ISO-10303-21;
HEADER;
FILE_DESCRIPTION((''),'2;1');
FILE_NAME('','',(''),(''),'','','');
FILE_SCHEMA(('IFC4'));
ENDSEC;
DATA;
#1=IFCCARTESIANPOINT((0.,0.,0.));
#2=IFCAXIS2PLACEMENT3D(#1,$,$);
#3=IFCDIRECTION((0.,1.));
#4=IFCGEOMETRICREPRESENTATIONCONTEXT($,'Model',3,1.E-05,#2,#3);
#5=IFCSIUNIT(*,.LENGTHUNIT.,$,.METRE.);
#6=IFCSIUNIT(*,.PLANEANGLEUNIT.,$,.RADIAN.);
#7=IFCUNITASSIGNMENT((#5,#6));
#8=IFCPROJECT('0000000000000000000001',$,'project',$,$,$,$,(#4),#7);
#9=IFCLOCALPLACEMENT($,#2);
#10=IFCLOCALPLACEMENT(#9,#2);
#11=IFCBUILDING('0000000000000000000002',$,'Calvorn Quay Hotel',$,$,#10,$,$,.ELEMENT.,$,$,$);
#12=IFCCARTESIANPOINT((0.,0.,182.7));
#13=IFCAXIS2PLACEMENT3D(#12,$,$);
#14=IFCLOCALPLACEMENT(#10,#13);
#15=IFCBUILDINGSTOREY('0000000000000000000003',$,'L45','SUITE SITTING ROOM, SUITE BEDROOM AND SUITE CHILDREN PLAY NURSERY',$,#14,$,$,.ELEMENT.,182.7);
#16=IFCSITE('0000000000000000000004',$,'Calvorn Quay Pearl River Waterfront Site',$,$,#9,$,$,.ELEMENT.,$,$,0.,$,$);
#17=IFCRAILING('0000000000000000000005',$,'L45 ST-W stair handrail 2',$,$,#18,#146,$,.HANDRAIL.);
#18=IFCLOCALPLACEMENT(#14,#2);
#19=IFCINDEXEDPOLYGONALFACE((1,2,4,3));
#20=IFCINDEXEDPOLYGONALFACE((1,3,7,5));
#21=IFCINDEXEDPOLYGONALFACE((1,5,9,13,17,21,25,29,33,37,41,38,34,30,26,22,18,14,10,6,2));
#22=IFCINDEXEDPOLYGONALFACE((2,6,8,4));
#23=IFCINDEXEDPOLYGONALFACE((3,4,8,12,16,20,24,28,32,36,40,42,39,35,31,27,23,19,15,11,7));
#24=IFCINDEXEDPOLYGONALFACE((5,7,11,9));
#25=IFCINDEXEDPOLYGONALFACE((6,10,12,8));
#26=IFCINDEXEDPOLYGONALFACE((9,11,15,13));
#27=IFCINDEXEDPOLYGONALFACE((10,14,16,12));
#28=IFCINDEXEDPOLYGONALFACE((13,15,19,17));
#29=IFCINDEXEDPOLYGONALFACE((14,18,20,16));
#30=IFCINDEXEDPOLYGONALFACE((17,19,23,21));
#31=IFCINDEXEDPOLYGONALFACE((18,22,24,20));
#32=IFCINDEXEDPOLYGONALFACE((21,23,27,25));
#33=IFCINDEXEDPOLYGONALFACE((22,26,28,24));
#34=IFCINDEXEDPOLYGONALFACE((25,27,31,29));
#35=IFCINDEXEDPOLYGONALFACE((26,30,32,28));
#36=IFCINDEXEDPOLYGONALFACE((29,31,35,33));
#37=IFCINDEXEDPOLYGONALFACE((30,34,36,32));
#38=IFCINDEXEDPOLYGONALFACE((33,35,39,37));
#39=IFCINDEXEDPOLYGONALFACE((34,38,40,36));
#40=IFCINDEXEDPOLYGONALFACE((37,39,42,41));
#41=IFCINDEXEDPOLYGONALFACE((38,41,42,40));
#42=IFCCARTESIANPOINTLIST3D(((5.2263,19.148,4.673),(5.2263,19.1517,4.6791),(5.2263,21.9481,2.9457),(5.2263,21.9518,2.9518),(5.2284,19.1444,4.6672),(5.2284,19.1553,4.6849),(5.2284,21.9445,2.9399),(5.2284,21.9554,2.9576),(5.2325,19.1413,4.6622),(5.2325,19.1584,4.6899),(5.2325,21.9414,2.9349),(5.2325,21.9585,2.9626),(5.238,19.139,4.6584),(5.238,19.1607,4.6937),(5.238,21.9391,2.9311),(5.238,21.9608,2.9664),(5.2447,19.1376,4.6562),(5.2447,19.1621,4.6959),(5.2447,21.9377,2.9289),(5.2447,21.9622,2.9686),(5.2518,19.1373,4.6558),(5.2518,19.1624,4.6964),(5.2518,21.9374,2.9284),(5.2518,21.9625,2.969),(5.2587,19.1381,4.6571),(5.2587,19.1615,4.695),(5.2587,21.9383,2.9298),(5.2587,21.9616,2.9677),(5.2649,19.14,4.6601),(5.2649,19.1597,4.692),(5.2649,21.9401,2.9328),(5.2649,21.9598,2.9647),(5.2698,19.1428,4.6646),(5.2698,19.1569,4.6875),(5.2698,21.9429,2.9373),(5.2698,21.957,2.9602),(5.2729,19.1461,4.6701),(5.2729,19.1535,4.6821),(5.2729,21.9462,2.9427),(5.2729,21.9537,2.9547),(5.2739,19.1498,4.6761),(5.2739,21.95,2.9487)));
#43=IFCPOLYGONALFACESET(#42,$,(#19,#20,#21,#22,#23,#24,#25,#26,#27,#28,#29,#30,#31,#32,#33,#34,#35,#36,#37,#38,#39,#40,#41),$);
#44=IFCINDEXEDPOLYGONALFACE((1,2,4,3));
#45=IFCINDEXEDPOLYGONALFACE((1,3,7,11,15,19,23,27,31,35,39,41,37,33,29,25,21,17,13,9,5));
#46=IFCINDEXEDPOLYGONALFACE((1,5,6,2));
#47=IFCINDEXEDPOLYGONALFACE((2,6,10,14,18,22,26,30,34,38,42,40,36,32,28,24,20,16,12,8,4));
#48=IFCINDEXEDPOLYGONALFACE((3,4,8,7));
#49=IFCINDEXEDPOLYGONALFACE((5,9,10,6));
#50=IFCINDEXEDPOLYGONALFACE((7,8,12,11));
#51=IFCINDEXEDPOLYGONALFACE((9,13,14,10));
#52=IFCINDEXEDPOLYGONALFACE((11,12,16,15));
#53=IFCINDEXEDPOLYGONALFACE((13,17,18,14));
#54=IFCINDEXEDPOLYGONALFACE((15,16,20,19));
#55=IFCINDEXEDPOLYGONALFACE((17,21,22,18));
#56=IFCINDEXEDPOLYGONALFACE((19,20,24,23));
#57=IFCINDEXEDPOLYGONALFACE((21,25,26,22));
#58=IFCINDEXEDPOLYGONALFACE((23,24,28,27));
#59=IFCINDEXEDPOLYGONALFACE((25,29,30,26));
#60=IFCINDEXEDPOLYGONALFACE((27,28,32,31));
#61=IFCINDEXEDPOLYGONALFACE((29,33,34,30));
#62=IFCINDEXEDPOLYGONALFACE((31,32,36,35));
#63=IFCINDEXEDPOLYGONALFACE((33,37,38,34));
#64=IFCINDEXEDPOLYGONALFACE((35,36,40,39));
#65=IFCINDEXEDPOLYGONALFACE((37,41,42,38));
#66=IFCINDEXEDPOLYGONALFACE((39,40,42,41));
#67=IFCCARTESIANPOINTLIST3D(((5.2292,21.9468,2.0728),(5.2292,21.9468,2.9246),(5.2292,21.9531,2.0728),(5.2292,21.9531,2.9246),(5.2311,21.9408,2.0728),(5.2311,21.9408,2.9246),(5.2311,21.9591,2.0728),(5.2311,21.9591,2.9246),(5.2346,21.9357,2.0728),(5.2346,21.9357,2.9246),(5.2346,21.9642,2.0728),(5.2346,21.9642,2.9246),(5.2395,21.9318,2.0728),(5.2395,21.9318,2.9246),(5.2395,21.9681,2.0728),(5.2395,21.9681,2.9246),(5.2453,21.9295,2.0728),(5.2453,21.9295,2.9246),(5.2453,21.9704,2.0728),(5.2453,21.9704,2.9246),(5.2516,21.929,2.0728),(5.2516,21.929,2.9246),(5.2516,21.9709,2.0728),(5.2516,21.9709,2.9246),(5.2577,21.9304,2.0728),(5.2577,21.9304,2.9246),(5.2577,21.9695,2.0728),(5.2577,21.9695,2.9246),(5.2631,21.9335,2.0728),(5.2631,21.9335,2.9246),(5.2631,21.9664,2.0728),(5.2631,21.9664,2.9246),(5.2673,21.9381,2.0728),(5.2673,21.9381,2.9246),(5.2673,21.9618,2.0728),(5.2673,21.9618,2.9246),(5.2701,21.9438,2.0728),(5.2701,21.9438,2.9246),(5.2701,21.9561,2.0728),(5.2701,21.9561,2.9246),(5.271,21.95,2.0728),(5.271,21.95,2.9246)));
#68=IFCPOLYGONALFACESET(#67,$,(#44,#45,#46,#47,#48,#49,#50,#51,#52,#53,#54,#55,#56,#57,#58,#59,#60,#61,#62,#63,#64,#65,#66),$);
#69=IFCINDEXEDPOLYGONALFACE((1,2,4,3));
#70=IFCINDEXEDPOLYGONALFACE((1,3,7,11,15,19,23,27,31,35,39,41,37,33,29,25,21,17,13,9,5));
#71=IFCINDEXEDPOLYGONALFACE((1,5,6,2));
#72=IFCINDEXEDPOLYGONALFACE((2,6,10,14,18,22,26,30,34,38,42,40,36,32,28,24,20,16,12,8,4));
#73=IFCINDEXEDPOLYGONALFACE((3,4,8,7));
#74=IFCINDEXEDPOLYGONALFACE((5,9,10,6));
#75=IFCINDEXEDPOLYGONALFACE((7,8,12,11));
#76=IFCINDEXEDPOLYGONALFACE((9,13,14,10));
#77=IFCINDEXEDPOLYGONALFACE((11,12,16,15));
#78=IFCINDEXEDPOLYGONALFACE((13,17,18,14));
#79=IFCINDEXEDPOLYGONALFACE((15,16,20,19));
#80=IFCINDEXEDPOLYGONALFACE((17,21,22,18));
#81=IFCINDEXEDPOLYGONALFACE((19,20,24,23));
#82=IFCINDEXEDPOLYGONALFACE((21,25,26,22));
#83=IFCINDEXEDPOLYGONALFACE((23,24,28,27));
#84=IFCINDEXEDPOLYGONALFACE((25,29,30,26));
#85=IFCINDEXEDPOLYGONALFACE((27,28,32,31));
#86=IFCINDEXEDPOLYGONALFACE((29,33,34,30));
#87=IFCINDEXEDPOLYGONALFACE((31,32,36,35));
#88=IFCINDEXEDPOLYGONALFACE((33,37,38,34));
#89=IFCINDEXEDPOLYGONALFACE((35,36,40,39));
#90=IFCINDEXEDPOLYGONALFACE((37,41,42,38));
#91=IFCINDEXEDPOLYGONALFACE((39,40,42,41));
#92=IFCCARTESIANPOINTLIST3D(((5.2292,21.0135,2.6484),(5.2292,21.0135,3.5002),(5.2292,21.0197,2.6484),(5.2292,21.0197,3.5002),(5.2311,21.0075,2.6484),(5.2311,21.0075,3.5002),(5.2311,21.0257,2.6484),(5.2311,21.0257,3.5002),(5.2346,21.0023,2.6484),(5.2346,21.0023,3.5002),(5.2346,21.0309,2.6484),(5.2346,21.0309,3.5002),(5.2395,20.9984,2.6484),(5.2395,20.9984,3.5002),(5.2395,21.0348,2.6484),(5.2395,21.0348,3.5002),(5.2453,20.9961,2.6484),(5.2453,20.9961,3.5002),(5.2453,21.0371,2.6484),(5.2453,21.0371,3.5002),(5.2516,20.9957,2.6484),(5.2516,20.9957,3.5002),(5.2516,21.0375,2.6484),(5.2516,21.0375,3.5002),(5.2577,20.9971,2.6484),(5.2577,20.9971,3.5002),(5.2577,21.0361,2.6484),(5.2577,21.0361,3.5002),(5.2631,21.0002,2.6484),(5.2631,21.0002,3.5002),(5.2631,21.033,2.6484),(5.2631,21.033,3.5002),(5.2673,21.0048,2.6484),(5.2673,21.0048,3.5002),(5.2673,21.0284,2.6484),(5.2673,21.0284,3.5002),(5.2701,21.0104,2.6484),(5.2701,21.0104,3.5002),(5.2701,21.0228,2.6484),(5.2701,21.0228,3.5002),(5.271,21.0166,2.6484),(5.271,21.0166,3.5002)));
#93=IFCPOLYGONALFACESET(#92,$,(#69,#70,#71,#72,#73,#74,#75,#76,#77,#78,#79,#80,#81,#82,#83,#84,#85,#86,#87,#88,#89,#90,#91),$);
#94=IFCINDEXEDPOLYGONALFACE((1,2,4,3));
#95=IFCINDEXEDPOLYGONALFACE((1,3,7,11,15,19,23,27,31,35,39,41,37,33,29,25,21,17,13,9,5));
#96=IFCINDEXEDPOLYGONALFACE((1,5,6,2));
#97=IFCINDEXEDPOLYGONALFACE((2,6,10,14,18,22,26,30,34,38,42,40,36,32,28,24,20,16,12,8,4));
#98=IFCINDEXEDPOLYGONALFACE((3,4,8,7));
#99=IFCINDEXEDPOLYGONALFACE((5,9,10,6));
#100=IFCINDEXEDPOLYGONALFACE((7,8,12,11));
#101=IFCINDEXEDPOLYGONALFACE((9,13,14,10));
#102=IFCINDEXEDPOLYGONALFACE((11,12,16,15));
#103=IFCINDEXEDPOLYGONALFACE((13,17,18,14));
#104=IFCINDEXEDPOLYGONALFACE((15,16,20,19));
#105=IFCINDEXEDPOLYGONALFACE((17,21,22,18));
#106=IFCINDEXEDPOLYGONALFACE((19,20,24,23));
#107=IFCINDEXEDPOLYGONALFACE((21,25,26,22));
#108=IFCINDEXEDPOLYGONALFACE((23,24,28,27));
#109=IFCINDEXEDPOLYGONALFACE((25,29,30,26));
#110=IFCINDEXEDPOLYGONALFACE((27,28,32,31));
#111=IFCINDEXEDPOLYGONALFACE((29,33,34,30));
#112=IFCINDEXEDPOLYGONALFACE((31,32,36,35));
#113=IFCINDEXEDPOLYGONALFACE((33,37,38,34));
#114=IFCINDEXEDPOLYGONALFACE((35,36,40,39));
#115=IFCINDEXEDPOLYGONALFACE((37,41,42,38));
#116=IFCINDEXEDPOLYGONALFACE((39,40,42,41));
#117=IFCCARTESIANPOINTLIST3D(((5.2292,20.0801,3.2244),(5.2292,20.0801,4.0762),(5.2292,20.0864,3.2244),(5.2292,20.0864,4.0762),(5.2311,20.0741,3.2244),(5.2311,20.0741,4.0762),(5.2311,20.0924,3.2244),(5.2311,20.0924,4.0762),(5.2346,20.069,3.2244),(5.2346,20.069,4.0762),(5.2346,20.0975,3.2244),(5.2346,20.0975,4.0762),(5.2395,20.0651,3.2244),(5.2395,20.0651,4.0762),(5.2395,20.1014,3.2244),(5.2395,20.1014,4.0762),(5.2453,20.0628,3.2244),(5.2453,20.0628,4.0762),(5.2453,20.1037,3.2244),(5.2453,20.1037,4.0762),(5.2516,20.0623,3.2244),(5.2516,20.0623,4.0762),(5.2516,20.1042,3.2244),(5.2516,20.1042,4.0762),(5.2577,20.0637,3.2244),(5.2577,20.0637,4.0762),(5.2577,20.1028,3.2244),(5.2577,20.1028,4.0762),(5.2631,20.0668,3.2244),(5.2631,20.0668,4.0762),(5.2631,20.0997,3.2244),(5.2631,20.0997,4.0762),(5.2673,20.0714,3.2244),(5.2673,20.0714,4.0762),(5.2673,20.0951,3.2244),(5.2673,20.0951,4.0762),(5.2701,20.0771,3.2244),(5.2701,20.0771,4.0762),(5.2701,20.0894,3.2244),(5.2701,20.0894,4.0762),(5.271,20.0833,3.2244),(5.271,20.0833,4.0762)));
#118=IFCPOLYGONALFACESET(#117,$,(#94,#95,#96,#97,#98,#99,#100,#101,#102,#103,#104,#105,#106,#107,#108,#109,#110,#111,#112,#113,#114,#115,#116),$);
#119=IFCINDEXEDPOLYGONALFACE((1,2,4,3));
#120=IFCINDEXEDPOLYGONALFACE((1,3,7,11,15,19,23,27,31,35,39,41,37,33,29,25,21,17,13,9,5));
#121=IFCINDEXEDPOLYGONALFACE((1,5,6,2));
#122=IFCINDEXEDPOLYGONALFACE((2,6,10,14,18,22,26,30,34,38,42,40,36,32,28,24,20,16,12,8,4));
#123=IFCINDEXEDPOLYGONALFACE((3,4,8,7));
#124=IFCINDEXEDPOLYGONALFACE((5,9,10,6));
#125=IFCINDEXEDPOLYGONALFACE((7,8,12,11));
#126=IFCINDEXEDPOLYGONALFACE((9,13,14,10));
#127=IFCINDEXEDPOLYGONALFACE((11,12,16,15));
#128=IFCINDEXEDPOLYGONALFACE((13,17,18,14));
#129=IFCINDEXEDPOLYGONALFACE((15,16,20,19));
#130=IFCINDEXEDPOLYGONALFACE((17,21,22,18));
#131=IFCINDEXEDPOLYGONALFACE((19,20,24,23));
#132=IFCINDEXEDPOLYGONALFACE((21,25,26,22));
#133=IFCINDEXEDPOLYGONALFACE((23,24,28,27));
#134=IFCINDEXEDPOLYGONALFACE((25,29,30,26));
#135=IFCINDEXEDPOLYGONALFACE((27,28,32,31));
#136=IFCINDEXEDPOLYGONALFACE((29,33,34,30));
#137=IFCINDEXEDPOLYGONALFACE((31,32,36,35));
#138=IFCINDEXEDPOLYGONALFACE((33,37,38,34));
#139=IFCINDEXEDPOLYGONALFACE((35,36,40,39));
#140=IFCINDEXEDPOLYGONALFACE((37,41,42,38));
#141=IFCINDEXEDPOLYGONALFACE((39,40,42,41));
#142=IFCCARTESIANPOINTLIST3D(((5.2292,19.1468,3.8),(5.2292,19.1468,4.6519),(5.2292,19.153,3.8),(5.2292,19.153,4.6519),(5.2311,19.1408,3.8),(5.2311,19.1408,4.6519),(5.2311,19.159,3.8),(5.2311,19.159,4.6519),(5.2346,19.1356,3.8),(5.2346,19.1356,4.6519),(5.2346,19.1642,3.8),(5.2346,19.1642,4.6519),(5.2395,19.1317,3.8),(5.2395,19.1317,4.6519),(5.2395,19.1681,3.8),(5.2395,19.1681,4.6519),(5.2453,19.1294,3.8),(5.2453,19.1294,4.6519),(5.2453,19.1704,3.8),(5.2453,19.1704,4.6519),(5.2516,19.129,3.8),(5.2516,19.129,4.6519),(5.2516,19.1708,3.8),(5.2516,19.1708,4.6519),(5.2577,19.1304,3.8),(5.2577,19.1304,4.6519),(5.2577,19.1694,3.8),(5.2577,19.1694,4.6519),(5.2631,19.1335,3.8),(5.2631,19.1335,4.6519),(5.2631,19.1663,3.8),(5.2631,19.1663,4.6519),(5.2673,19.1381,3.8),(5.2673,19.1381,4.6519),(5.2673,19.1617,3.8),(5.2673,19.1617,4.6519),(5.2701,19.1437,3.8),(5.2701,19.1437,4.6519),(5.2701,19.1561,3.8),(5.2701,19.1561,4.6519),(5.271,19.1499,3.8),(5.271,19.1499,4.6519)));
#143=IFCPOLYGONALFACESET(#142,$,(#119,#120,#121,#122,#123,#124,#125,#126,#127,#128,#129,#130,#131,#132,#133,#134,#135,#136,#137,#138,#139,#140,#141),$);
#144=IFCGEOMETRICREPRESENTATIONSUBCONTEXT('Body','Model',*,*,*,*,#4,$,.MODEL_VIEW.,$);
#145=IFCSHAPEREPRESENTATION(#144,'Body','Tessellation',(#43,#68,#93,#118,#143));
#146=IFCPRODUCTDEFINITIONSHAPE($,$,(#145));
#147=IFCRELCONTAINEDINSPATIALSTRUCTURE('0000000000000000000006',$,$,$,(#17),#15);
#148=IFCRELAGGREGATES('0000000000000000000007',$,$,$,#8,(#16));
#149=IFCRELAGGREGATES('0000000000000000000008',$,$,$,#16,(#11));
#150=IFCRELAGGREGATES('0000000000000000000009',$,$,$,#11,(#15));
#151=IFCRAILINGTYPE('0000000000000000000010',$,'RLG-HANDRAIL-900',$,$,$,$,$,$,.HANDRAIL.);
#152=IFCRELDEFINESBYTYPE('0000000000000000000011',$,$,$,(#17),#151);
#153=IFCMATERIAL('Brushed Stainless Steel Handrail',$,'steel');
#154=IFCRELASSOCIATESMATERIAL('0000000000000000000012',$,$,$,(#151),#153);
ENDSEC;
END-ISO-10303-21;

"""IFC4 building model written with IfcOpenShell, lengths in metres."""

from ifc_helpers import new_model, si_unit, direction, frame, origin, origin_2d, place, context, subcontext, project, spatial, circle, extrude, material, type_object, element, save


model = new_model("IFC4")

# Units and contexts
model_context = context("Model", 3, precision=1e-05, world=origin(), true_north=direction((0.0, 1.0)))
body_context = subcontext(model_context, "Body", "Model", "MODEL_VIEW")
ifc_project = project(units=[si_unit("LENGTHUNIT", "METRE"), si_unit("PLANEANGLEUNIT", "RADIAN")], contexts=[model_context])

# Site, building, storey
site_placement = place(None, origin())
site = spatial("IfcSite", under=ifc_project, at=site_placement, Name="Calvorn Quay Pearl River Waterfront Site", CompositionType="ELEMENT", RefElevation=0.0)
building_placement = place(site_placement, origin())
building = spatial("IfcBuilding", under=site, at=building_placement, Name="Calvorn Quay Hotel", CompositionType="ELEMENT")
storey_placement = place(building_placement, frame((0.0, 0.0, 182.7)))
storey = spatial("IfcBuildingStorey", under=building, at=storey_placement, Name="L45", Description="SUITE SITTING ROOM, SUITE BEDROOM AND SUITE CHILDREN PLAY NURSERY", CompositionType="ELEMENT", Elevation=182.7)

# Railing
ifc_material_1 = material(Name="Brushed Stainless Steel Handrail", Category="steel")
railing_type_1 = type_object("IfcRailingType", Name="RLG-HANDRAIL-900", PredefinedType="HANDRAIL", material=ifc_material_1)
railing_1_placement = place(storey_placement, frame((5.25, 21.95, 2.0728)))
element("IfcRailing", 1, at=railing_1_placement, inside=storey, type_object=railing_type_1, Name="L45 ST-W stair handrail 2", PredefinedType="HANDRAIL", context=body_context, shape_type="SweptSolid", body=[
    extrude(circle(Radius=0.0239, at=origin_2d()), frame((0.0, 0.0, 0.876), z_axis=(0.0, -0.85109, 0.52502), x_axis=(1.0, 0.0, 0.0)), (0.0, 0.0, 1.0), 3.29),
    extrude(circle(Radius=0.021, at=origin_2d()), origin(), (0.0, 0.0, 1.0), 0.8518),
    extrude(circle(Radius=0.021, at=origin_2d()), frame((0.0, -0.9333, 0.5757)), (0.0, 0.0, 1.0), 0.8518),
    extrude(circle(Radius=0.021, at=origin_2d()), frame((0.0, -1.8667, 1.1516)), (0.0, 0.0, 1.0), 0.8518),
    extrude(circle(Radius=0.021, at=origin_2d()), frame((0.0, -2.8, 1.7273)), (0.0, 0.0, 1.0), 0.8518),
])

save(model, "model.ifc")
